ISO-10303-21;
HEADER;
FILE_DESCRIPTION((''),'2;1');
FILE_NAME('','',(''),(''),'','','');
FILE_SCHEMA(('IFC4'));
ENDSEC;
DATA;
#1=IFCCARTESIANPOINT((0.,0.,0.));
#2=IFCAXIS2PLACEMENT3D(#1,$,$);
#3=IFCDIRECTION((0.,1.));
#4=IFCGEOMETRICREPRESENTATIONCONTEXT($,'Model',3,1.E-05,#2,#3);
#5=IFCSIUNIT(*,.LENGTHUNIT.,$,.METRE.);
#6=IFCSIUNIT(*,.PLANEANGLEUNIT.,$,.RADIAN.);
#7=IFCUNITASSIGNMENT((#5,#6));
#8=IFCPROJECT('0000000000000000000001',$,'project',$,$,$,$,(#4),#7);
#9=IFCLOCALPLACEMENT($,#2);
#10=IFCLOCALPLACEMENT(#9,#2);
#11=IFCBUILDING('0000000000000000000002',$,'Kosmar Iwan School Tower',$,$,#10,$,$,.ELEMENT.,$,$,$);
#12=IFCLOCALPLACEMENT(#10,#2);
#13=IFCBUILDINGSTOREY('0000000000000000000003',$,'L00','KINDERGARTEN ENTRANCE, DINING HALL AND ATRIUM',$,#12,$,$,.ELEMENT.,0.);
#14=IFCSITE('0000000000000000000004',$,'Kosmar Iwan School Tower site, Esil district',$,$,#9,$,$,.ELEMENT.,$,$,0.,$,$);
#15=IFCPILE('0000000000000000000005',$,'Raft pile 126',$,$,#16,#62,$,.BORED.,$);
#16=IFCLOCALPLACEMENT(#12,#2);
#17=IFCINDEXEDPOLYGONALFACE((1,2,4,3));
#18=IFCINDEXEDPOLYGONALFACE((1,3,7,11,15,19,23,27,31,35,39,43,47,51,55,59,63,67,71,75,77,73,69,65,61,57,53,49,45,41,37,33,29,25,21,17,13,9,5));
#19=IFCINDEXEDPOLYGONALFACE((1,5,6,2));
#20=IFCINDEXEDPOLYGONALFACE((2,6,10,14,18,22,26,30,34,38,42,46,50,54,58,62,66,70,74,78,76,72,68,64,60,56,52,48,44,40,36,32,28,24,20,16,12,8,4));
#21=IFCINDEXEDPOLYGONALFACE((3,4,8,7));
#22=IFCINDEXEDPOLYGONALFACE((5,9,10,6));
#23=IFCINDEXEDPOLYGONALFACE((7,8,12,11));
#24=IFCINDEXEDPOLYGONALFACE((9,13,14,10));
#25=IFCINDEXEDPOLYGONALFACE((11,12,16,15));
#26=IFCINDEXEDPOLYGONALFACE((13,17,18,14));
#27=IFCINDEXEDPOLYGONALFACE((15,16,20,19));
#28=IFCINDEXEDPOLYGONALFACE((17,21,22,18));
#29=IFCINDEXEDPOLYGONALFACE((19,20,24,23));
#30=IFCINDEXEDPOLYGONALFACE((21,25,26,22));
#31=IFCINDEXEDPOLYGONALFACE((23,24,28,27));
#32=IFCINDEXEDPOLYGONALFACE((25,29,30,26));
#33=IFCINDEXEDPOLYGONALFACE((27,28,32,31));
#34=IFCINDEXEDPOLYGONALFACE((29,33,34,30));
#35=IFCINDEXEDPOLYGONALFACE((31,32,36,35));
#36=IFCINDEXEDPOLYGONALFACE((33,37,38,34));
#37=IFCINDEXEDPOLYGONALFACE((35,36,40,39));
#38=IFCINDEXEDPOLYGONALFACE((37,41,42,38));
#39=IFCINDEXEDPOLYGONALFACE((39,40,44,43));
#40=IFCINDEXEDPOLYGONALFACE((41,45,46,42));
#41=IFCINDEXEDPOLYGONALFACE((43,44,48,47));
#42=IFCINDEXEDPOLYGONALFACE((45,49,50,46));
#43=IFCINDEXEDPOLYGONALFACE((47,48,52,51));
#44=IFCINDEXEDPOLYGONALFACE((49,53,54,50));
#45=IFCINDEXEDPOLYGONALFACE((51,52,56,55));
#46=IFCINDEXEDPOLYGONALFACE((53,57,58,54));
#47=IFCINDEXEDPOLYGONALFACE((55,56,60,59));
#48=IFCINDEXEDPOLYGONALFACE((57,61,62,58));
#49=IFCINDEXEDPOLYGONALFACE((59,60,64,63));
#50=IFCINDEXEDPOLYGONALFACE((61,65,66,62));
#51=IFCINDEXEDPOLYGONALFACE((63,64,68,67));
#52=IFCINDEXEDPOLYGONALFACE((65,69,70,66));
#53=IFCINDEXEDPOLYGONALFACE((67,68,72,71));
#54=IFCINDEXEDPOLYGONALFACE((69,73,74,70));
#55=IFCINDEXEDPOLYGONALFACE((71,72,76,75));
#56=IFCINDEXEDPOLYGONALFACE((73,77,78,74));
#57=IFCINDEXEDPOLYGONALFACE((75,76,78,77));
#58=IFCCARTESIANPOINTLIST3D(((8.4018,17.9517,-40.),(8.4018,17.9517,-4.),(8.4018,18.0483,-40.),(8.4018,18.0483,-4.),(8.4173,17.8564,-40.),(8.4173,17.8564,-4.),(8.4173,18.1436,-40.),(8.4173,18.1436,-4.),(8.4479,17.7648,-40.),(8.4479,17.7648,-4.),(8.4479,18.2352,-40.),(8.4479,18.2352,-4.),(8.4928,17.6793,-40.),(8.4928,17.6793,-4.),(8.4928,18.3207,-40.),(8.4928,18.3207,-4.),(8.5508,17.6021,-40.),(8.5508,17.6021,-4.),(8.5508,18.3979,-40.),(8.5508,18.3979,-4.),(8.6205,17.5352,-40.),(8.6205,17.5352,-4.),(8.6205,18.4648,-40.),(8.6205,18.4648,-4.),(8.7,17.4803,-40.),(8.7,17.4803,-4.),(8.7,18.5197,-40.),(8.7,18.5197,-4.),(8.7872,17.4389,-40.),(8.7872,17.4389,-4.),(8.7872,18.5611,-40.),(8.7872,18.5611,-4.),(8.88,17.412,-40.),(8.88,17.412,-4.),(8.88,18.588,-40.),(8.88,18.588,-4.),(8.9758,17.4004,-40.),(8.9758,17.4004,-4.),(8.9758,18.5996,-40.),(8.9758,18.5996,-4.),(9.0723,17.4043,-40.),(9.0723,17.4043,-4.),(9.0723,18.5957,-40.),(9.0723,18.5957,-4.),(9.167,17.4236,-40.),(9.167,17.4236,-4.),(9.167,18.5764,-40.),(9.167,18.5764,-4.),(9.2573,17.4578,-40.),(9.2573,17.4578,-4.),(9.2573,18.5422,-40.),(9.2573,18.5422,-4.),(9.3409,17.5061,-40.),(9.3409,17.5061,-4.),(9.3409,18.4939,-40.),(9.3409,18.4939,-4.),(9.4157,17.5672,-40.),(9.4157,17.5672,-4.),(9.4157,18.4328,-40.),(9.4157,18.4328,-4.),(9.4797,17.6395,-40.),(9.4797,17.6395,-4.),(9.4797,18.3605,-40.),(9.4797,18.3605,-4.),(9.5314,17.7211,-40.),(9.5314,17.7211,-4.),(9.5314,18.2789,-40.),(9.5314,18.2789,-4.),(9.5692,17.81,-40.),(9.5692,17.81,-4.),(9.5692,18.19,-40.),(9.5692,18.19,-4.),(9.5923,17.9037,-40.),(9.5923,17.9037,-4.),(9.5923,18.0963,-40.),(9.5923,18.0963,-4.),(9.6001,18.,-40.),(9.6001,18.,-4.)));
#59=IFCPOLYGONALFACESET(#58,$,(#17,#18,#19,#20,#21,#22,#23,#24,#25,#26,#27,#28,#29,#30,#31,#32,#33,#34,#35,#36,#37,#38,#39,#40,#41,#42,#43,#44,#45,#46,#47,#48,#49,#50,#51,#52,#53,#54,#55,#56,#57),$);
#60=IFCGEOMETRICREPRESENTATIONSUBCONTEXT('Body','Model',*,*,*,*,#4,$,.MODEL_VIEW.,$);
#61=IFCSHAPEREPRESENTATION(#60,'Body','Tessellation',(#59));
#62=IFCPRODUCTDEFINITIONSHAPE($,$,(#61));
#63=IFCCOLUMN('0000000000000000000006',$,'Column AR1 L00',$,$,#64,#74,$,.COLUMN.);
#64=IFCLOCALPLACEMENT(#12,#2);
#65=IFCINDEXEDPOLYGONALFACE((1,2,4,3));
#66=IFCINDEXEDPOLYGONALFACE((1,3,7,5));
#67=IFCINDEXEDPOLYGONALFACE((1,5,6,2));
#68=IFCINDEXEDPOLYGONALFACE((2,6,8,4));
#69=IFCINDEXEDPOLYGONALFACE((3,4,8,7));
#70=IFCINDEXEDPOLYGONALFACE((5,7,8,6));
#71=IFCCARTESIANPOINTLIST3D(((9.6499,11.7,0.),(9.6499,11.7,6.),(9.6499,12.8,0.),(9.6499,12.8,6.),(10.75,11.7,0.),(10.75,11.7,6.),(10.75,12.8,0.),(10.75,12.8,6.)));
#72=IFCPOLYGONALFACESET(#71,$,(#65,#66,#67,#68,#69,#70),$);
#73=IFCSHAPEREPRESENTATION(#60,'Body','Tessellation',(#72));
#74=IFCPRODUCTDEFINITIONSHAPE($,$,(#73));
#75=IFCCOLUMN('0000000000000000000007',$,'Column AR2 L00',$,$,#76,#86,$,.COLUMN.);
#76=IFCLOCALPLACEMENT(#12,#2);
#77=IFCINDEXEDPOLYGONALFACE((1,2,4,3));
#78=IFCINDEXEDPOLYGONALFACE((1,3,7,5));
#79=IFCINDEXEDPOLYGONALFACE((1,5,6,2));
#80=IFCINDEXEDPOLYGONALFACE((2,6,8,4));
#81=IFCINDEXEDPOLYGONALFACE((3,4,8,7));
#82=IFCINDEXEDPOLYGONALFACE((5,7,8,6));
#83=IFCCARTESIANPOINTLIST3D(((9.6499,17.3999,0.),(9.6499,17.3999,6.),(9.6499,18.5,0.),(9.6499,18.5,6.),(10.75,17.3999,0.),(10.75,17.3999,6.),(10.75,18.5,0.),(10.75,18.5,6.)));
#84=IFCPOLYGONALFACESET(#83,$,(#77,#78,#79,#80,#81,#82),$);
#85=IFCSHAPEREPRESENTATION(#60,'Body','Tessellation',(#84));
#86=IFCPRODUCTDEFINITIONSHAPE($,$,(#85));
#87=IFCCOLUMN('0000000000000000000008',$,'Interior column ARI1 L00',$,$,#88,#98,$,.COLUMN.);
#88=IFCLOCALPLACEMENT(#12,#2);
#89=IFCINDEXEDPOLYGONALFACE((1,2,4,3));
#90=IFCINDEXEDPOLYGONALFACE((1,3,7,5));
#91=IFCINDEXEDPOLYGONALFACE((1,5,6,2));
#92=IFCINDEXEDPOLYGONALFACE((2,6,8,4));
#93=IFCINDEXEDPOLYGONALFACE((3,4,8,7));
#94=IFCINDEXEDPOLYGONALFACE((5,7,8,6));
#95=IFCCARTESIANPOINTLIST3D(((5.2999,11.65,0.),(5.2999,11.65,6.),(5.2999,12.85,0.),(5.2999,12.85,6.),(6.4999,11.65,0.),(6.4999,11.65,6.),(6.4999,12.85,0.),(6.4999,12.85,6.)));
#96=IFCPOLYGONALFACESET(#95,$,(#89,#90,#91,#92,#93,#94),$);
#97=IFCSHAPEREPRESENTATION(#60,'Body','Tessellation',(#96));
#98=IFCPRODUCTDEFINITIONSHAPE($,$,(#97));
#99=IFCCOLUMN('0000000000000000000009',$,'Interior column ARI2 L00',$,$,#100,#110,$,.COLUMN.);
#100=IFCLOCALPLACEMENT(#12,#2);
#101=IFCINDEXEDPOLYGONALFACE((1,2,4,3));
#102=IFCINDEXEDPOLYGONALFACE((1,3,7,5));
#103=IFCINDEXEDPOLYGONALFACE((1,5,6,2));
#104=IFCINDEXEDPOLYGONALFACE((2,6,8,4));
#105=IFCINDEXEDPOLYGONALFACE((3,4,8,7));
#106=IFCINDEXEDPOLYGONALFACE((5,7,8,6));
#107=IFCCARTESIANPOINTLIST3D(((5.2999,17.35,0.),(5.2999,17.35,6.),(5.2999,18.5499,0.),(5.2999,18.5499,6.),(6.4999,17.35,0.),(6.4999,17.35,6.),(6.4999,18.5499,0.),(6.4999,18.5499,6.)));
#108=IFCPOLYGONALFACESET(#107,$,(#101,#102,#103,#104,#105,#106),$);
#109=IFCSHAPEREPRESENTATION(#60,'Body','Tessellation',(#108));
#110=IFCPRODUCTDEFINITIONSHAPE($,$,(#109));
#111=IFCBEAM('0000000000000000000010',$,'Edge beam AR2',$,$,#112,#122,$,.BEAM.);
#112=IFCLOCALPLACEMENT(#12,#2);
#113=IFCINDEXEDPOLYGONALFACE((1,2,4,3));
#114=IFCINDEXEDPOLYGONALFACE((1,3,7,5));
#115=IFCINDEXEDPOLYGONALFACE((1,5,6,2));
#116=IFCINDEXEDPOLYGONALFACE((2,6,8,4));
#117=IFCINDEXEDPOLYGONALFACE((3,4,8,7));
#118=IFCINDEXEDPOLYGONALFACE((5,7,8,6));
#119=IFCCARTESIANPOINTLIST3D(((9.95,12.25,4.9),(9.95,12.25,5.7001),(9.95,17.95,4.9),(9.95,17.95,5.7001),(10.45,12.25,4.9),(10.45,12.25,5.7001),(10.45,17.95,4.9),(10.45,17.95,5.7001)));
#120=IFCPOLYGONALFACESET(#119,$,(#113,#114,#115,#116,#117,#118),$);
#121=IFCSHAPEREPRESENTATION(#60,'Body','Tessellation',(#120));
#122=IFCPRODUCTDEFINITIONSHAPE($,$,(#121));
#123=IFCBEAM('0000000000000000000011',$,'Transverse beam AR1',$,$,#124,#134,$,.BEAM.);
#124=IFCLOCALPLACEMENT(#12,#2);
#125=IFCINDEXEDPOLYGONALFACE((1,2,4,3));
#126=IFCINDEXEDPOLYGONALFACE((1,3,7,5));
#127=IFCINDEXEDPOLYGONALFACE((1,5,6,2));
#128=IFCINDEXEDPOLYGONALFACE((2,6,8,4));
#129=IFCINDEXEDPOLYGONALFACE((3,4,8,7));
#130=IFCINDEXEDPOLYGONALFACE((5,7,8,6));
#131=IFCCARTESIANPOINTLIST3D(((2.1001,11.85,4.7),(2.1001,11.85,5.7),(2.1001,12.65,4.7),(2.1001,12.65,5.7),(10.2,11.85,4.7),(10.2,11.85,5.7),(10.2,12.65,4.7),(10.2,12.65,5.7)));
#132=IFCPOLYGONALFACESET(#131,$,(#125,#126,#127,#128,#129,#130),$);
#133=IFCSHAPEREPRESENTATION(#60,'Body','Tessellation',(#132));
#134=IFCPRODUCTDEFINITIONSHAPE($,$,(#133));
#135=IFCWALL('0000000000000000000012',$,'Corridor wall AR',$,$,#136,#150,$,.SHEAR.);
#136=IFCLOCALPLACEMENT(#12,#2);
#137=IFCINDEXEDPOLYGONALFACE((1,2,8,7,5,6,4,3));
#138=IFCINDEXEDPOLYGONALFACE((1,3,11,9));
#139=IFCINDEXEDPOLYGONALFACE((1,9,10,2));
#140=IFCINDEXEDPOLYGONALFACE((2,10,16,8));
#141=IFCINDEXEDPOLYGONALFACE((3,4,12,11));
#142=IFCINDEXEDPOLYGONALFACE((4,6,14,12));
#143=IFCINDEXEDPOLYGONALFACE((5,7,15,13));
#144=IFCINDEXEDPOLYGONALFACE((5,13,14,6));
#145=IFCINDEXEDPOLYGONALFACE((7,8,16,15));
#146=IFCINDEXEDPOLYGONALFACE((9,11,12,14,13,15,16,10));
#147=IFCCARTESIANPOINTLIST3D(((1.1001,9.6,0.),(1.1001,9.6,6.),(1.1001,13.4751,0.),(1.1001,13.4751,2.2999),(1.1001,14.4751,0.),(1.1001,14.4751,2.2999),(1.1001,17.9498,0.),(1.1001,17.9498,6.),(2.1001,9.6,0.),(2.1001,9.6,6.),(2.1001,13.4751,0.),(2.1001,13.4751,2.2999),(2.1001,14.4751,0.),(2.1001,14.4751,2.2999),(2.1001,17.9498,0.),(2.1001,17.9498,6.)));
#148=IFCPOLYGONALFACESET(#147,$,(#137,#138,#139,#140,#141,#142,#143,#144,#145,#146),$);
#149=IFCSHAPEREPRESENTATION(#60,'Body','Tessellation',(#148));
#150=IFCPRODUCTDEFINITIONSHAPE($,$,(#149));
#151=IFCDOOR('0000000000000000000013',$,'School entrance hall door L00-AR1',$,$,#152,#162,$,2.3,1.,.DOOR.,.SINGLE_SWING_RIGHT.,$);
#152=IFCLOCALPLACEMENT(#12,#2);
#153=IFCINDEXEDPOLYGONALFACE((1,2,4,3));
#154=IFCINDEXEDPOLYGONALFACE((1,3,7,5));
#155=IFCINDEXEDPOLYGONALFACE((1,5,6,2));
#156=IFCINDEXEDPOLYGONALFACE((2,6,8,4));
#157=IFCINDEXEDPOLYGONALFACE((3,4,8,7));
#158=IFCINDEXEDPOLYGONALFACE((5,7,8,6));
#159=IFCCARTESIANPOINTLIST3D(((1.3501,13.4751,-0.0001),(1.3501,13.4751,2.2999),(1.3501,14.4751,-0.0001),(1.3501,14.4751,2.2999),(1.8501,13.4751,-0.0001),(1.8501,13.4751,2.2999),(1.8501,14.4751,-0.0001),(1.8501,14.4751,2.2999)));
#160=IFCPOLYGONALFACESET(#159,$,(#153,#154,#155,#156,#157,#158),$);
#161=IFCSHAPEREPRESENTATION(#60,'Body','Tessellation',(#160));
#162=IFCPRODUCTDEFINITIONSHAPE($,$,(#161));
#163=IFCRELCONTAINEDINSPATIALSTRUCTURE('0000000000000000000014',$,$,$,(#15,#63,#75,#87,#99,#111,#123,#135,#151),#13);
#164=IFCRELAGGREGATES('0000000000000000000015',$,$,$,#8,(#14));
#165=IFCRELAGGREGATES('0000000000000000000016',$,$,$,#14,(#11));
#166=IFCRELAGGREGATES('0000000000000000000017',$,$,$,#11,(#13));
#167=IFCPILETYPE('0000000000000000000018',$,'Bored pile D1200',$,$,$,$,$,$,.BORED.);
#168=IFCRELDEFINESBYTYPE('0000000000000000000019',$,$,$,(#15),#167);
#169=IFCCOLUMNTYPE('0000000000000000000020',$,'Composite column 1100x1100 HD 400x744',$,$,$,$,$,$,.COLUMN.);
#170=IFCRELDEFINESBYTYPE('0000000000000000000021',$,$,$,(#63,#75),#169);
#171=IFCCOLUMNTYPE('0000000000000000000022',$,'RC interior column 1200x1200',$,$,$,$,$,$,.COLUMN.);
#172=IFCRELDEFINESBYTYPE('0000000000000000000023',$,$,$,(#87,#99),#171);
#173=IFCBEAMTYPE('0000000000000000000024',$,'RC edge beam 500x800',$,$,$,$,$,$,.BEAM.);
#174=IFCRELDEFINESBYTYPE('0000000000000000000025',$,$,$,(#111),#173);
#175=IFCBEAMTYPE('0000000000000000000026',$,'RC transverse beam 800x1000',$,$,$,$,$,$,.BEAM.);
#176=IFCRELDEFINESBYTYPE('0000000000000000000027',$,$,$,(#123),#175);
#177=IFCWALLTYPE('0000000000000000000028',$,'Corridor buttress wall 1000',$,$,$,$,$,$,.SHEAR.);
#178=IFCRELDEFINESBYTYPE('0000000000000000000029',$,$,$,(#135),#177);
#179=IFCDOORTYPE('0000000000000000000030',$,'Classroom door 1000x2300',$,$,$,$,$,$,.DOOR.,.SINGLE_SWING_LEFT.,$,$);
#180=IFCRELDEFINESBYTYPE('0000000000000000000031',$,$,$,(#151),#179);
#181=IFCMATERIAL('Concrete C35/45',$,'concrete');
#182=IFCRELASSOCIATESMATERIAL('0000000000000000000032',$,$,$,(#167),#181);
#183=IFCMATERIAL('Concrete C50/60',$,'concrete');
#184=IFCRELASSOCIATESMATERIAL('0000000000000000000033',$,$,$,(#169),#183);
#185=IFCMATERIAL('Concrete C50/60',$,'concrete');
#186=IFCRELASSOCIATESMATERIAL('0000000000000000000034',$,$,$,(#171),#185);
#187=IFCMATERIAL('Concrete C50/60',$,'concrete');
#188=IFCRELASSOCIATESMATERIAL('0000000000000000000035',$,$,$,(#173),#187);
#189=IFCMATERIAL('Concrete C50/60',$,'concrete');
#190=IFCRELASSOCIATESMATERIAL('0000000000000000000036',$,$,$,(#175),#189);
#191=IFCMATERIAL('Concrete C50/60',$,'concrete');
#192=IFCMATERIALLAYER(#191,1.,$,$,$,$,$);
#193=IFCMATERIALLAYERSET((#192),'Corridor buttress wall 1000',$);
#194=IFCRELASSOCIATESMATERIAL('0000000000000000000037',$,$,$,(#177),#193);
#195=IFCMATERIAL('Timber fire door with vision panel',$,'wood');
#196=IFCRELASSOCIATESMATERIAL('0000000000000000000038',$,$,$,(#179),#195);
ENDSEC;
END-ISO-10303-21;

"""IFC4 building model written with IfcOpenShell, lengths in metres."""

from ifc_helpers import new_model, si_unit, direction, frame, frame_2d, origin, origin_2d, place, context, subcontext, project, spatial, rectangle, circle, extrude, material, layer, layer_set, material_profile, profile_set, type_object, element, fill, save


model = new_model("IFC4")

# Units and contexts
model_context = context("Model", 3, precision=1e-05, world=origin(), true_north=direction((0.0, 1.0)))
body_context = subcontext(model_context, "Body", "Model", "MODEL_VIEW")
ifc_project = project(units=[si_unit("LENGTHUNIT", "METRE"), si_unit("PLANEANGLEUNIT", "RADIAN")], contexts=[model_context])

# Site, building, storey
site_placement = place(None, origin())
site = spatial("IfcSite", under=ifc_project, at=site_placement, Name="Kosmar Iwan School Tower site, Esil district", CompositionType="ELEMENT", RefElevation=0.0)
building_placement = place(site_placement, origin())
building = spatial("IfcBuilding", under=site, at=building_placement, Name="Kosmar Iwan School Tower", CompositionType="ELEMENT")
storey_placement = place(building_placement, origin())
storey = spatial("IfcBuildingStorey", under=building, at=storey_placement, Name="L00", Description="KINDERGARTEN ENTRANCE, DINING HALL AND ATRIUM", CompositionType="ELEMENT", Elevation=0.0)

# Pile
ifc_material_1 = material(Name="Concrete C35/45", Category="concrete")
ifc_material_profile_1 = material_profile(ifc_material_1, circle(Radius=0.6001, at=origin_2d()), Name="D1200")
ifc_profile_set_1 = profile_set([ifc_material_profile_1], Name="Concrete C35/45")
pile_type = type_object("IfcPileType", Name="Bored pile D1200", PredefinedType="BORED", material=ifc_profile_set_1)
for number, where, z_axis, x_axis, name in (
    (1, (9.0, 18.0, -4.0), (0.0, 0.0, -1.0), (1.0, 0.0, 0.0), "Raft pile 126"),
):
    element("IfcPile", number, at=place(storey_placement, frame(where, z_axis=z_axis, x_axis=x_axis)), inside=storey, type_object=pile_type, Name=name, PredefinedType="BORED", context=body_context, shape_type="SweptSolid", body=[
        extrude(circle(Radius=0.6001, at=origin_2d()), origin(), (0.0, 0.0, 1.0), 36.0),
    ])

# Columns
ifc_material_2 = material(Name="Concrete C50/60", Category="concrete")
ifc_material_profile_2 = material_profile(ifc_material_2, rectangle(XDim=1.1001, YDim=1.1001, at=origin_2d()), Name="RC 1100x1100 + HD 400x744")
ifc_profile_set_2 = profile_set([ifc_material_profile_2], Name="Concrete C50/60")
column_type_1 = type_object("IfcColumnType", Name="Composite column 1100x1100 HD 400x744", PredefinedType="COLUMN", material=ifc_profile_set_2)
for number, where, z_axis, x_axis, name in (
    (2, (10.2, 12.25, 0.0), (0.0, 0.0, 1.0), (0.0, 1.0, 0.0), "Column AR1 L00"),
    (3, (10.2, 17.95, 0.0), (0.0, 0.0, 1.0), (0.0, 1.0, 0.0), "Column AR2 L00"),
):
    element("IfcColumn", number, at=place(storey_placement, frame(where, z_axis=z_axis, x_axis=x_axis)), inside=storey, type_object=column_type_1, Name=name, PredefinedType="COLUMN", context=body_context, shape_type="SweptSolid", body=[
        extrude(rectangle(XDim=1.1001, YDim=1.1001, at=origin_2d()), origin(), (0.0, 0.0, 1.0), 6.0),
    ])
ifc_material_3 = material(Name="Concrete C50/60", Category="concrete")
ifc_material_profile_3 = material_profile(ifc_material_3, rectangle(XDim=1.2, YDim=1.2, at=origin_2d()), Name="RC 1200x1200")
ifc_profile_set_3 = profile_set([ifc_material_profile_3], Name="Concrete C50/60")
column_type_2 = type_object("IfcColumnType", Name="RC interior column 1200x1200", PredefinedType="COLUMN", material=ifc_profile_set_3)
for number, where, z_axis, x_axis, name in (
    (4, (5.8999, 12.25, 0.0), (0.0, 0.0, 1.0), (0.0, 1.0, 0.0), "Interior column ARI1 L00"),
    (5, (5.8999, 17.95, 0.0), (0.0, 0.0, 1.0), (0.0, 1.0, 0.0), "Interior column ARI2 L00"),
):
    element("IfcColumn", number, at=place(storey_placement, frame(where, z_axis=z_axis, x_axis=x_axis)), inside=storey, type_object=column_type_2, Name=name, PredefinedType="COLUMN", context=body_context, shape_type="SweptSolid", body=[
        extrude(rectangle(XDim=1.2, YDim=1.2, at=origin_2d()), origin(), (0.0, 0.0, 1.0), 6.0),
    ])

# Beams
ifc_material_4 = material(Name="Concrete C50/60", Category="concrete")
ifc_material_profile_4 = material_profile(ifc_material_4, rectangle(XDim=0.5, YDim=0.8, at=origin_2d()), Name="RC 500x800")
ifc_profile_set_4 = profile_set([ifc_material_profile_4], Name="Concrete C50/60")
beam_type_1 = type_object("IfcBeamType", Name="RC edge beam 500x800", PredefinedType="BEAM", material=ifc_profile_set_4)
beam_1_placement = place(storey_placement, frame((10.2, 12.25, 5.3), z_axis=(0.0, 1.0, 0.0), x_axis=(-1.0, 0.0, 0.0)))
element("IfcBeam", 6, at=beam_1_placement, inside=storey, type_object=beam_type_1, Name="Edge beam AR2", PredefinedType="BEAM", context=body_context, shape_type="SweptSolid", body=[
    extrude(rectangle(XDim=0.5, YDim=0.8, at=origin_2d()), origin(), (0.0, 0.0, 1.0), 5.7),
])
ifc_material_5 = material(Name="Concrete C50/60", Category="concrete")
ifc_material_profile_5 = material_profile(ifc_material_5, rectangle(XDim=0.8, YDim=1.0, at=origin_2d()), Name="RC 800x1000")
ifc_profile_set_5 = profile_set([ifc_material_profile_5], Name="Concrete C50/60")
beam_type_2 = type_object("IfcBeamType", Name="RC transverse beam 800x1000", PredefinedType="BEAM", material=ifc_profile_set_5)
beam_2_placement = place(storey_placement, frame((10.2, 12.25, 5.2), z_axis=(-1.0, 0.0, 0.0), x_axis=(0.0, -1.0, 0.0)))
element("IfcBeam", 7, at=beam_2_placement, inside=storey, type_object=beam_type_2, Name="Transverse beam AR1", PredefinedType="BEAM", context=body_context, shape_type="SweptSolid", body=[
    extrude(rectangle(XDim=0.8, YDim=1.0, at=origin_2d()), origin(), (0.0, 0.0, 1.0), 8.0999),
])

# Wall, opening, door
ifc_material_6 = material(Name="Concrete C50/60", Category="concrete")
ifc_layer_1 = layer(ifc_material_6, 1.0)
ifc_layer_set_1 = layer_set([ifc_layer_1], Name="Corridor buttress wall 1000")
wall_type_1 = type_object("IfcWallType", Name="Corridor buttress wall 1000", PredefinedType="SHEAR", material=ifc_layer_set_1)
wall_1_placement = place(storey_placement, frame((1.6001, 9.6001, 0.0), z_axis=(0.0, 0.0, 1.0), x_axis=(0.0, 1.0, 0.0)))
wall_1 = element("IfcWall", 8, at=wall_1_placement, inside=storey, type_object=wall_type_1, Name="Corridor wall AR", PredefinedType="SHEAR", context=body_context, shape_type="SweptSolid", body=[
    extrude(rectangle(XDim=8.3499, YDim=1.0, at=frame_2d((4.1748, 0.0))), origin(), (0.0, 0.0, 1.0), 6.0),
])
opening_1_placement = place(wall_1_placement, frame((3.875, 0.0, 0.0)))
opening_1 = element("IfcOpeningElement", 9, at=opening_1_placement, cuts=wall_1, PredefinedType="OPENING", context=body_context, shape_type="SweptSolid", body=[
    extrude(rectangle(XDim=1.0, YDim=2.3, at=frame_2d((0.5, 1.1499))), frame((0.0, 0.512, 0.0), z_axis=(0.0, -1.0, 0.0), x_axis=(1.0, 0.0, 0.0)), (0.0, 0.0, 1.0), 1.0239),
])
ifc_material_7 = material(Name="Timber fire door with vision panel", Category="wood")
door_type_1 = type_object("IfcDoorType", Name="Classroom door 1000x2300", OperationType="SINGLE_SWING_LEFT", PredefinedType="DOOR", material=ifc_material_7)
door_1_placement = place(opening_1_placement, origin())
door_1 = element("IfcDoor", 10, at=door_1_placement, inside=storey, type_object=door_type_1, Name="School entrance hall door L00-AR1", OperationType="SINGLE_SWING_RIGHT", OverallHeight=2.3, OverallWidth=1.0, PredefinedType="DOOR", context=body_context, shape_type="SweptSolid", body=[
    extrude(rectangle(XDim=1.0, YDim=2.3, at=frame_2d((0.5, 1.1499))), frame((0.0, 0.25, 0.0), z_axis=(0.0, -1.0, 0.0), x_axis=(1.0, 0.0, 0.0)), (0.0, 0.0, 1.0), 0.5),
])
fill(opening_1, door_1)

save(model, "model.ifc")
